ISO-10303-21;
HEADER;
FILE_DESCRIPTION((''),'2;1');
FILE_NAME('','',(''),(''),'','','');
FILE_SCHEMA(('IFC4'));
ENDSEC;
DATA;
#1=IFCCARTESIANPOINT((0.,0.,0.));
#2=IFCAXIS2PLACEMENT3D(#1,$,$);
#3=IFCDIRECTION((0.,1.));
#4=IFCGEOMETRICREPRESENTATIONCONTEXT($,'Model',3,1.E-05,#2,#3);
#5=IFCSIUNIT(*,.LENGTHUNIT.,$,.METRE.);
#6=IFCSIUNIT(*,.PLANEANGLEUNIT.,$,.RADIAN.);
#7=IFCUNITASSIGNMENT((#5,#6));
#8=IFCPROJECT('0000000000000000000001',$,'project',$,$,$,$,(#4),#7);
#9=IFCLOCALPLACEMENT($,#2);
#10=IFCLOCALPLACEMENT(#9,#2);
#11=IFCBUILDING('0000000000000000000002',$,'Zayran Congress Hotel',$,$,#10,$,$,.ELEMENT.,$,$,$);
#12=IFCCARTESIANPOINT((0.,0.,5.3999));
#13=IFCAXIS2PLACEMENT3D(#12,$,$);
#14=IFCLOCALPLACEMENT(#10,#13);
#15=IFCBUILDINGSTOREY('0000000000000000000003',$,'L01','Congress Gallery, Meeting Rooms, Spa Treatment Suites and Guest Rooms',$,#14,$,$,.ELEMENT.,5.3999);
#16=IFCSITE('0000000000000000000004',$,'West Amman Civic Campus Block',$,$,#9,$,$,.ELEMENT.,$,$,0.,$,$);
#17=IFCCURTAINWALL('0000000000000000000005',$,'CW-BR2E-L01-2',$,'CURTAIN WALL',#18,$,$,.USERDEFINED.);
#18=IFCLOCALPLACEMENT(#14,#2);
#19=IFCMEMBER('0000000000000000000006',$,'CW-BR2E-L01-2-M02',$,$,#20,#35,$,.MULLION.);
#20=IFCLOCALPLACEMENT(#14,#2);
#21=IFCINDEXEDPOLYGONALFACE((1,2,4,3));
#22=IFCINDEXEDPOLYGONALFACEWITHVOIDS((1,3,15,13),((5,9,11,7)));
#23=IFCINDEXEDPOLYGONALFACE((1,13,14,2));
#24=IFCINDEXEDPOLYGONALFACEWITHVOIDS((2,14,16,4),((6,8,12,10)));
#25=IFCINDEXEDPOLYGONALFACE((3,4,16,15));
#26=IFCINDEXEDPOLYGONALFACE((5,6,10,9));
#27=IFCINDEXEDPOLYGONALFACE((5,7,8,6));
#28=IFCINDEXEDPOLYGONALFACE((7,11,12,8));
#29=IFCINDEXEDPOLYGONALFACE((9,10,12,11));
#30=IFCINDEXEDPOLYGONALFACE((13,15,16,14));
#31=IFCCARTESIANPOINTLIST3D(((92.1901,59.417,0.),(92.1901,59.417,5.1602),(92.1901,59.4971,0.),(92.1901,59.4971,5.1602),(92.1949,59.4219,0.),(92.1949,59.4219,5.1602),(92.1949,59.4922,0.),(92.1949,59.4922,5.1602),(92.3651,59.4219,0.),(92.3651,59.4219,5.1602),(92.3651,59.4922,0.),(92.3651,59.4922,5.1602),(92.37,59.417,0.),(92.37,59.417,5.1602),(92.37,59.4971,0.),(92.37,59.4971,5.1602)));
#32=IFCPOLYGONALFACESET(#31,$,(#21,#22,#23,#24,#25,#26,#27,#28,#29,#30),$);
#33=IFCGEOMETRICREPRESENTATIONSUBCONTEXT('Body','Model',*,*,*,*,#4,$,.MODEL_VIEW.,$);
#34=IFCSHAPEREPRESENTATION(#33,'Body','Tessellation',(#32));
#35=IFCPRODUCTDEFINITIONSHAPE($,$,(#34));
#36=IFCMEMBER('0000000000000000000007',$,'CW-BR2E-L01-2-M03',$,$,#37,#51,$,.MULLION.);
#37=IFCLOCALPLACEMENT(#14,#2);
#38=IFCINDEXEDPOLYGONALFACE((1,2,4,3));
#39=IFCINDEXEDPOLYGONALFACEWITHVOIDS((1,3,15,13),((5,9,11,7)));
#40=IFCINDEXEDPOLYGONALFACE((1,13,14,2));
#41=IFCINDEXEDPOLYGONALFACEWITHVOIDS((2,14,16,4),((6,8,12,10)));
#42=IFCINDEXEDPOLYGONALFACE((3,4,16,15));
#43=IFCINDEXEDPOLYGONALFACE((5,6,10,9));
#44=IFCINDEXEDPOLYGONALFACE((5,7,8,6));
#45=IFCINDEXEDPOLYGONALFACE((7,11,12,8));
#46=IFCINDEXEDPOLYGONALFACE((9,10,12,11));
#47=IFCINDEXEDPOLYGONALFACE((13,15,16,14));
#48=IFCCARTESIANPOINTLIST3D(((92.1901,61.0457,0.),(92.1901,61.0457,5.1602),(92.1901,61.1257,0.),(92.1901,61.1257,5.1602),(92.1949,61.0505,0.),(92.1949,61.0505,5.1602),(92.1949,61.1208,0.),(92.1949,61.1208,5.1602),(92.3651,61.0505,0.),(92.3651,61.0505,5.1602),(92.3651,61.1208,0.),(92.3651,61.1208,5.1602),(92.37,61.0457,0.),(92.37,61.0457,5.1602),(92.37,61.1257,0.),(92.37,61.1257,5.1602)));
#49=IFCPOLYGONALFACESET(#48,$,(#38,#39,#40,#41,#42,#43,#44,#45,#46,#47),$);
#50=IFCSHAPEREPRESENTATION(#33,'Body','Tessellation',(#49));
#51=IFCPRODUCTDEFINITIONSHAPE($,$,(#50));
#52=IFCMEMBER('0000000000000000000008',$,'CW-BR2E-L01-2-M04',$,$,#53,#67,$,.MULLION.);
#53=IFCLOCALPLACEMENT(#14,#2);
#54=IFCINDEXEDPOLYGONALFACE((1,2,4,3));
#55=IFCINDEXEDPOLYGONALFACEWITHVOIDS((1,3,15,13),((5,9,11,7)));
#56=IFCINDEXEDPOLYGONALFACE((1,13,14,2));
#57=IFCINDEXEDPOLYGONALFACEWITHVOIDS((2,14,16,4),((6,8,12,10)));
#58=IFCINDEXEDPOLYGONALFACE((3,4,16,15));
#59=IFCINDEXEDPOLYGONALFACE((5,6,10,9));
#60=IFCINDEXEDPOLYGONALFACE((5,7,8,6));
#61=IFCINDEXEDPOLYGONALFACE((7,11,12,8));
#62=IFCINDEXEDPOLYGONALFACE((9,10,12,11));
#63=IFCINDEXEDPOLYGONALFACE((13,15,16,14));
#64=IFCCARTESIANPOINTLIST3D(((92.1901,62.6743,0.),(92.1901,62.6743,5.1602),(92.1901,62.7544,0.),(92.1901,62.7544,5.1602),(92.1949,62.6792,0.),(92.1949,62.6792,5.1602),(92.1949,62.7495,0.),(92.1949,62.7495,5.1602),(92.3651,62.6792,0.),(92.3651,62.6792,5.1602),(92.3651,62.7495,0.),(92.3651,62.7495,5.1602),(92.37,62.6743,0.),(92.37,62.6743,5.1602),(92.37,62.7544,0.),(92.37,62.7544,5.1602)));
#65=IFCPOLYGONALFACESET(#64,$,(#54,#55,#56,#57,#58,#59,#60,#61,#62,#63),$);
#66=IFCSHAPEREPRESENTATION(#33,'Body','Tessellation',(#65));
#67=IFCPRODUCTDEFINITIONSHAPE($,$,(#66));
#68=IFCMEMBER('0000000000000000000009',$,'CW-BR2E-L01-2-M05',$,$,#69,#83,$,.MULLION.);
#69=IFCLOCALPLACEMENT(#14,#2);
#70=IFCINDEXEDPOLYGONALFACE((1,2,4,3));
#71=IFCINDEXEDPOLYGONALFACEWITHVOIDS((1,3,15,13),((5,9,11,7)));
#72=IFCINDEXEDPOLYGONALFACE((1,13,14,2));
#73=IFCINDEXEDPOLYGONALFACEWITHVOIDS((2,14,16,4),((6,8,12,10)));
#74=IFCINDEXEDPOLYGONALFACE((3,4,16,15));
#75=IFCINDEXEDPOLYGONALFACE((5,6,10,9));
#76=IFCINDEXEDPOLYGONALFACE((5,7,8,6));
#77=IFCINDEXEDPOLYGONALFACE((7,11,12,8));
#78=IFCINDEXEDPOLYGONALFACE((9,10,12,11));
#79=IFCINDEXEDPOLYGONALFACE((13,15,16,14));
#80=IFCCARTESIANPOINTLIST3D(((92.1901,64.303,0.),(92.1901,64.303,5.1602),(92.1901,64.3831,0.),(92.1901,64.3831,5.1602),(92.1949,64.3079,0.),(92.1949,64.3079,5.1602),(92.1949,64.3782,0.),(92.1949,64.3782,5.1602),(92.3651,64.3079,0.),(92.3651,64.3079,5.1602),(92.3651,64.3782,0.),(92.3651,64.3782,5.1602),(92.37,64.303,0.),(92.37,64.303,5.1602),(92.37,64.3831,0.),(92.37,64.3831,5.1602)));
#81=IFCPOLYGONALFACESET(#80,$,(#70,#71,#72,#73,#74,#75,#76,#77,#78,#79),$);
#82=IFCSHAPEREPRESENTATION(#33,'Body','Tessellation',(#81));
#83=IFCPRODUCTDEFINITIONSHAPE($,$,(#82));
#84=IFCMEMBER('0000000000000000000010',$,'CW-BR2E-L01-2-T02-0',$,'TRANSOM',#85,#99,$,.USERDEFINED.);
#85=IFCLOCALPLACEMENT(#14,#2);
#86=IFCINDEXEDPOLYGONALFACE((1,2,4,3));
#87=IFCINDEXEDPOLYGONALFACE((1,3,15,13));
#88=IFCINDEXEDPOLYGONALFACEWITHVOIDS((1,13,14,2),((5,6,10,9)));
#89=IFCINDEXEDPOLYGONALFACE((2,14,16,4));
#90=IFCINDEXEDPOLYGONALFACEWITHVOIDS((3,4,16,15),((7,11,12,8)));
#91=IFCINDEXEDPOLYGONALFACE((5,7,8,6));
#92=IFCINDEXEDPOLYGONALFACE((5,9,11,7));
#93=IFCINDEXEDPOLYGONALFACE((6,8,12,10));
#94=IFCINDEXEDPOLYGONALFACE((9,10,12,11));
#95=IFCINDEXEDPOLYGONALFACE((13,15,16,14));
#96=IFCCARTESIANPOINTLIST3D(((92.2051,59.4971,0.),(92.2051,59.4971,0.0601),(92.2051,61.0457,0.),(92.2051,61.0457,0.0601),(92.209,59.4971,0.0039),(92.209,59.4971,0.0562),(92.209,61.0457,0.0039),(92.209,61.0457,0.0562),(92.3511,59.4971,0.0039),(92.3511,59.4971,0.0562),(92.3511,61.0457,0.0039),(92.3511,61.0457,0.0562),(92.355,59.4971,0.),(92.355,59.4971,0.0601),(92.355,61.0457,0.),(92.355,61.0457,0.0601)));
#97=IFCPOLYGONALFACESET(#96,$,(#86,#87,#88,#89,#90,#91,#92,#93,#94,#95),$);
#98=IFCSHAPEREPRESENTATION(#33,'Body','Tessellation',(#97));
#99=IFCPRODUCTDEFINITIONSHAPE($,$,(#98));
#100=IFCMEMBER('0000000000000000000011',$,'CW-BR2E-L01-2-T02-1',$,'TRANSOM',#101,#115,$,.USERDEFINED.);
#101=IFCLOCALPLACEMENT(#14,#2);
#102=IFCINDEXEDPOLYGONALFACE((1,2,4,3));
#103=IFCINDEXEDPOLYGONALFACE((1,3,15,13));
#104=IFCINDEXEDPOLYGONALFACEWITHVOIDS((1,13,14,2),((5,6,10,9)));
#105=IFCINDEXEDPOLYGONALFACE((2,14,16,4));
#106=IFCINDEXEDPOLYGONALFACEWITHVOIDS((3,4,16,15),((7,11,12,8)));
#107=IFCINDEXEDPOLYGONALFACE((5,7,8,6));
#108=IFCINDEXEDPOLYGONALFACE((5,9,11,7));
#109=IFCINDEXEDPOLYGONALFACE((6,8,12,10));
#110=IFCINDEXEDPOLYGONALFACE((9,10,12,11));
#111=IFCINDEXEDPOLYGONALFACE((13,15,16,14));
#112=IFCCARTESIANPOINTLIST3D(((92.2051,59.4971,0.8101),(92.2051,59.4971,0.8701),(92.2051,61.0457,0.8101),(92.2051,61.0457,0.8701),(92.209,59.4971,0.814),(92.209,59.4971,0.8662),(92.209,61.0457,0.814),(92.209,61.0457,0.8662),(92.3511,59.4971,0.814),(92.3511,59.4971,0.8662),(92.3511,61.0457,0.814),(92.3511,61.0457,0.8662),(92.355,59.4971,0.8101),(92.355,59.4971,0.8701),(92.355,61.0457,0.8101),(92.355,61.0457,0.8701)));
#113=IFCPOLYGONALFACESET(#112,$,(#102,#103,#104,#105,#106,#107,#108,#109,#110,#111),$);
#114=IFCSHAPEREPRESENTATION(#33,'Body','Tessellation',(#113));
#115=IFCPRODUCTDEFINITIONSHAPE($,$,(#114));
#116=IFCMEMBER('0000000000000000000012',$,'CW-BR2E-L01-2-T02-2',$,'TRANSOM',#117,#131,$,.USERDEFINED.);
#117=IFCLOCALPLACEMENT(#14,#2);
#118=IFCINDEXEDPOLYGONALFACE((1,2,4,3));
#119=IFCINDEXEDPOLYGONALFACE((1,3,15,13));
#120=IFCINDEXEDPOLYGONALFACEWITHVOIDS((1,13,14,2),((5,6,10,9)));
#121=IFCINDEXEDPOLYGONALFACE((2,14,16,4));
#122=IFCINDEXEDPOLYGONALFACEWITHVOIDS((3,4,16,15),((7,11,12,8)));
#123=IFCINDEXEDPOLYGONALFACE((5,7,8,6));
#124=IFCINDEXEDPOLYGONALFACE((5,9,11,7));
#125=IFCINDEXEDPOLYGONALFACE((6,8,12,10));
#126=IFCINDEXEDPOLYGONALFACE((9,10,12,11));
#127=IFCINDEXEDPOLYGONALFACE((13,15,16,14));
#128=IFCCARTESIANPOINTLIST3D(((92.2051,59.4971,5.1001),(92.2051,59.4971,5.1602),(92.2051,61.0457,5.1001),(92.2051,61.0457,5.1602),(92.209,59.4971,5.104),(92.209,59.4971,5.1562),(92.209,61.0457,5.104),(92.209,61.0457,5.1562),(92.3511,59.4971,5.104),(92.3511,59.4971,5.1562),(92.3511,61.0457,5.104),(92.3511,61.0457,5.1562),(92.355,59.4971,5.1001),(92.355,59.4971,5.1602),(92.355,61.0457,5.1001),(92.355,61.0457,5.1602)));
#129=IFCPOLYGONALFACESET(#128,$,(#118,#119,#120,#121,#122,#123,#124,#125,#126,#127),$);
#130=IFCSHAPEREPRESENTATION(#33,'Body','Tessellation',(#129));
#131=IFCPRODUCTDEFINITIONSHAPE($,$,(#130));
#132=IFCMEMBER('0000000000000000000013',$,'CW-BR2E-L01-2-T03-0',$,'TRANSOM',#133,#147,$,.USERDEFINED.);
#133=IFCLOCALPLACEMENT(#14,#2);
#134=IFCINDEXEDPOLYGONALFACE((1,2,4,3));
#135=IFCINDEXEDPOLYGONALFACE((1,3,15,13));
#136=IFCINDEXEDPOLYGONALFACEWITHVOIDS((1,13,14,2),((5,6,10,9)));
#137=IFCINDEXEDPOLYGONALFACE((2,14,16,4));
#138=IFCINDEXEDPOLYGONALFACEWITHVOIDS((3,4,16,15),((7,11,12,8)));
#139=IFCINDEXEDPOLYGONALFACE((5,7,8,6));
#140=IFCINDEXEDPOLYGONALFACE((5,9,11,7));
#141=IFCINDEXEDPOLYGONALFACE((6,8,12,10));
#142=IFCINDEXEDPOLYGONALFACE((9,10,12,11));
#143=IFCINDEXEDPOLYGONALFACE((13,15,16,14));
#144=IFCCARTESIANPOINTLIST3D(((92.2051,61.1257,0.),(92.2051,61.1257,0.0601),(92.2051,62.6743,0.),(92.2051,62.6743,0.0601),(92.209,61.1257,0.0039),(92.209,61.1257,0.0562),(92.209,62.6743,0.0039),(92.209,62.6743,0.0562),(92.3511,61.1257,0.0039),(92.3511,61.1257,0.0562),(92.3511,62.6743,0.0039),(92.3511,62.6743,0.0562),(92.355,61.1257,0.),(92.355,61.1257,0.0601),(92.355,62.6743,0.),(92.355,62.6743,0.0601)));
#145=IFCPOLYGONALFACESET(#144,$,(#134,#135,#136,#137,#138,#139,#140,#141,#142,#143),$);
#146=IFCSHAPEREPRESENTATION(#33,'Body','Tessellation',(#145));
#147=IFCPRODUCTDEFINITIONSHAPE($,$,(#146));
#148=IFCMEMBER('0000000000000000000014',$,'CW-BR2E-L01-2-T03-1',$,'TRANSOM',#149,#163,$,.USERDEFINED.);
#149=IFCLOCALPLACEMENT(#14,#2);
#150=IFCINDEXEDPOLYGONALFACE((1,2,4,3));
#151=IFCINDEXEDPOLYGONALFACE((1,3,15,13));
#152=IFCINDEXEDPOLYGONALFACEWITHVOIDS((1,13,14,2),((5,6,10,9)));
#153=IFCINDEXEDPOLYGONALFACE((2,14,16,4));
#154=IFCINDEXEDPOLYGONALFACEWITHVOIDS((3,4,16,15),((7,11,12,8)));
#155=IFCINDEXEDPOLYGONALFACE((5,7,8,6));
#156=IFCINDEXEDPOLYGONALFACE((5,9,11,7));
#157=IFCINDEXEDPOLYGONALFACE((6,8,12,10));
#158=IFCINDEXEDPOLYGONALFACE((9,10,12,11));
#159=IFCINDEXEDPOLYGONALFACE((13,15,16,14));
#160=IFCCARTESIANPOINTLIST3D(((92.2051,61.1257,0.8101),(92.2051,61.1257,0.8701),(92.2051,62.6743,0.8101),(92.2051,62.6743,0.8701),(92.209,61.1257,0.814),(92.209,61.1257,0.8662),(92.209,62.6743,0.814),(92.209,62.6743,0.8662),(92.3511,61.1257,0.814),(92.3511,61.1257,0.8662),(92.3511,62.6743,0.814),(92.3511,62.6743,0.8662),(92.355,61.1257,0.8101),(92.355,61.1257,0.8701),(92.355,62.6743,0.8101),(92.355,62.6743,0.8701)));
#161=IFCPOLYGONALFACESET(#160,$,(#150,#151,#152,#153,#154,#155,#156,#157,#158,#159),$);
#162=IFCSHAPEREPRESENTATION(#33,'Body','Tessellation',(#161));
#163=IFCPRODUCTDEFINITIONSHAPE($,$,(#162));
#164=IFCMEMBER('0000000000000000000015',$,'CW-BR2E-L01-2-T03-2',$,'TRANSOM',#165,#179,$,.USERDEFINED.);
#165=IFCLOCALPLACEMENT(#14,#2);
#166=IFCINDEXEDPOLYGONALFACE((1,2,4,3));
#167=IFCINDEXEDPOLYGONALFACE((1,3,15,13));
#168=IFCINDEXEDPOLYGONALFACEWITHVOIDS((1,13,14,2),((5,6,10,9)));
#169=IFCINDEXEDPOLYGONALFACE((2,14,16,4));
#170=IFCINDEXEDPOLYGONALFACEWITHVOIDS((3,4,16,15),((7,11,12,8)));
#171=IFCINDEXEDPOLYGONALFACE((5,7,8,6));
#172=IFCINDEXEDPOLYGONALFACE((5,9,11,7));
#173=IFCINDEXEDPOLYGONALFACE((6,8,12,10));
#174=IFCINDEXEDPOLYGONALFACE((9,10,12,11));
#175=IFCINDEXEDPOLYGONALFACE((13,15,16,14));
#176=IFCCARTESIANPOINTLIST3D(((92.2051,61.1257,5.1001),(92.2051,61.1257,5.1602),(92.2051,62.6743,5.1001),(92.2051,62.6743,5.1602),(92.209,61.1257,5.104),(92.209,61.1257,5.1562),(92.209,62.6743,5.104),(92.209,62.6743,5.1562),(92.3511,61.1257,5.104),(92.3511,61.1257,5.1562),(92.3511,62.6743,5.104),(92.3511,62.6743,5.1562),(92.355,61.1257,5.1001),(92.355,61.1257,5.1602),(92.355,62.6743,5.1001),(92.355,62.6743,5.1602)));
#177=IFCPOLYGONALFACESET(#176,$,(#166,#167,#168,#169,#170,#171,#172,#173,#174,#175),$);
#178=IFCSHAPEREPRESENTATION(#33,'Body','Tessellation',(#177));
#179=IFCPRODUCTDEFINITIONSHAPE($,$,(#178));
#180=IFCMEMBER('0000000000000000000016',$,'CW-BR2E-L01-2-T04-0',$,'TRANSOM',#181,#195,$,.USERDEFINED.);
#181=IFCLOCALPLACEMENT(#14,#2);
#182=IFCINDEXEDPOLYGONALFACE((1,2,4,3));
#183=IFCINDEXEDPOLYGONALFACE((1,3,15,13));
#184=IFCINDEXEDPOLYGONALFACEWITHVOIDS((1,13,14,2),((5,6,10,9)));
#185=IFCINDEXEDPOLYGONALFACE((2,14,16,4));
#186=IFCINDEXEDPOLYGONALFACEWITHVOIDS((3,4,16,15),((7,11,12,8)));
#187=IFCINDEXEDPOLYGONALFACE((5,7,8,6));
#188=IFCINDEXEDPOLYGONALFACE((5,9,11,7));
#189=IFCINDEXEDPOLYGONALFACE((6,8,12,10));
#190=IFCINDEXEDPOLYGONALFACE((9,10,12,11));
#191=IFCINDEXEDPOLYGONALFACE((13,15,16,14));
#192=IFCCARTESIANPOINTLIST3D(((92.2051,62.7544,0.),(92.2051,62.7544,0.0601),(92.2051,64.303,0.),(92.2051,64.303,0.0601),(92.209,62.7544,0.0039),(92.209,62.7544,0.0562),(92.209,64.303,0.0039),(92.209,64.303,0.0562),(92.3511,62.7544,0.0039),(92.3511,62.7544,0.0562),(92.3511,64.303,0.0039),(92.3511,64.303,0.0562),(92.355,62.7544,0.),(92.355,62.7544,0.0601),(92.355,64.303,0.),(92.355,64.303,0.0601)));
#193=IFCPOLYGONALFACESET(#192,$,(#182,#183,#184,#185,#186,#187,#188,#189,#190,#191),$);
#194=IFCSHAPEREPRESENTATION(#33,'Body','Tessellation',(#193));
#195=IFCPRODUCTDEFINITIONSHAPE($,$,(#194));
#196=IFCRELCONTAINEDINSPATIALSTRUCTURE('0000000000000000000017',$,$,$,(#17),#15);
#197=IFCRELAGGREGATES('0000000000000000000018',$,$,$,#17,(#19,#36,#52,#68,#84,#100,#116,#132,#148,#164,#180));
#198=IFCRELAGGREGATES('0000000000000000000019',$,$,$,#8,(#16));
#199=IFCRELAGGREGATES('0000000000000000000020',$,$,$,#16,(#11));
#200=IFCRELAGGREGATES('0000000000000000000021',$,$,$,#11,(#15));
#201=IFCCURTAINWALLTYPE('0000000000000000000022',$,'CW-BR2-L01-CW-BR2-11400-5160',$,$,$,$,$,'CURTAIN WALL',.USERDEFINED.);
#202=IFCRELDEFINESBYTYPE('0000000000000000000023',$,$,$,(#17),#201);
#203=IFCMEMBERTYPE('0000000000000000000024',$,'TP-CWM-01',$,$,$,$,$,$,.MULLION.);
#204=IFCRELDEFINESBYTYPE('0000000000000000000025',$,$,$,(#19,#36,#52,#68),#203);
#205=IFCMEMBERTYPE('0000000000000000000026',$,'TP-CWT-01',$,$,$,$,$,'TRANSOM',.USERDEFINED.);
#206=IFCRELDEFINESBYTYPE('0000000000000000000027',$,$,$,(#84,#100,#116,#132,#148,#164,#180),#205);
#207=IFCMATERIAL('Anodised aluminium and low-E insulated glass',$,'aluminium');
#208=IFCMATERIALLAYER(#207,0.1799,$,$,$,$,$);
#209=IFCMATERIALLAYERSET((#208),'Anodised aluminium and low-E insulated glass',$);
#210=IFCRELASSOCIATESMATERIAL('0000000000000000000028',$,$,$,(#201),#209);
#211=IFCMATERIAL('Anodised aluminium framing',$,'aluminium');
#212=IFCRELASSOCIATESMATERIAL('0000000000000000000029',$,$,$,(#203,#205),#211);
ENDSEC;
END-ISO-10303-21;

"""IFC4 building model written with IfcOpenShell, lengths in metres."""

from ifc_helpers import new_model, si_unit, direction, frame, origin, origin_2d, place, context, subcontext, project, spatial, hollow_rectangle, extrude, material, layer, layer_set, material_profile, profile_set, type_object, element, aggregate, save


model = new_model("IFC4")

# Units and contexts
model_context = context("Model", 3, precision=1e-05, world=origin(), true_north=direction((0.0, 1.0)))
body_context = subcontext(model_context, "Body", "Model", "MODEL_VIEW")
ifc_project = project(units=[si_unit("LENGTHUNIT", "METRE"), si_unit("PLANEANGLEUNIT", "RADIAN")], contexts=[model_context])

# Site, building, storey
site_placement = place(None, origin())
site = spatial("IfcSite", under=ifc_project, at=site_placement, Name="West Amman Civic Campus Block", CompositionType="ELEMENT", RefElevation=0.0)
building_placement = place(site_placement, origin())
building = spatial("IfcBuilding", under=site, at=building_placement, Name="Zayran Congress Hotel", CompositionType="ELEMENT")
storey_placement = place(building_placement, frame((0.0, 0.0, 5.3999)))
storey = spatial("IfcBuildingStorey", under=building, at=storey_placement, Name="L01", Description="Congress Gallery, Meeting Rooms, Spa Treatment Suites and Guest Rooms", CompositionType="ELEMENT", Elevation=5.3999)

# Curtain wall, members
ifc_material_1 = material(Name="Anodised aluminium and low-E insulated glass", Category="aluminium")
ifc_layer_1 = layer(ifc_material_1, 0.1799)
ifc_layer_set_1 = layer_set([ifc_layer_1], Name="Anodised aluminium and low-E insulated glass")
curtain_wall_type_1 = type_object("IfcCurtainWallType", Name="CW-BR2-L01-CW-BR2-11400-5160", ElementType="CURTAIN WALL", PredefinedType="USERDEFINED", material=ifc_layer_set_1)
curtain_wall_1_placement = place(storey_placement, origin())
curtain_wall_1 = element("IfcCurtainWall", 1, at=curtain_wall_1_placement, inside=storey, type_object=curtain_wall_type_1, Name="CW-BR2E-L01-2", ObjectType="CURTAIN WALL", PredefinedType="USERDEFINED")
ifc_material_2 = material(Name="Anodised aluminium framing", Category="aluminium")
ifc_material_profile_1 = material_profile(ifc_material_2, hollow_rectangle(XDim=0.0801, YDim=0.1799, WallThickness=0.0049, at=origin_2d()), Name="RHS 180x80x5")
ifc_profile_set_1 = profile_set([ifc_material_profile_1], Name="Anodised aluminium framing")
member_type_1 = type_object("IfcMemberType", Name="TP-CWM-01", PredefinedType="MULLION", material=ifc_profile_set_1)
member_1_placement = place(storey_placement, frame((92.28, 59.457, 0.0), z_axis=(0.0, 0.0, 1.0), x_axis=(0.0, 1.0, 0.0)))
member_1 = element("IfcMember", 2, at=member_1_placement, type_object=member_type_1, Name="CW-BR2E-L01-2-M02", PredefinedType="MULLION", context=body_context, shape_type="SweptSolid", body=[
    extrude(hollow_rectangle(XDim=0.0801, YDim=0.1799, WallThickness=0.0049, at=origin_2d()), origin(), (0.0, 0.0, 1.0), 5.1602),
])
member_2_placement = place(storey_placement, frame((92.28, 61.0857, 0.0), z_axis=(0.0, 0.0, 1.0), x_axis=(0.0, 1.0, 0.0)))
member_2 = element("IfcMember", 3, at=member_2_placement, type_object=member_type_1, Name="CW-BR2E-L01-2-M03", PredefinedType="MULLION", context=body_context, shape_type="SweptSolid", body=[
    extrude(hollow_rectangle(XDim=0.0801, YDim=0.1799, WallThickness=0.0049, at=origin_2d()), origin(), (0.0, 0.0, 1.0), 5.1602),
])
member_3_placement = place(storey_placement, frame((92.28, 62.7144, 0.0), z_axis=(0.0, 0.0, 1.0), x_axis=(0.0, 1.0, 0.0)))
member_3 = element("IfcMember", 4, at=member_3_placement, type_object=member_type_1, Name="CW-BR2E-L01-2-M04", PredefinedType="MULLION", context=body_context, shape_type="SweptSolid", body=[
    extrude(hollow_rectangle(XDim=0.0801, YDim=0.1799, WallThickness=0.0049, at=origin_2d()), origin(), (0.0, 0.0, 1.0), 5.1602),
])
member_4_placement = place(storey_placement, frame((92.28, 64.343, 0.0), z_axis=(0.0, 0.0, 1.0), x_axis=(0.0, 1.0, 0.0)))
member_4 = element("IfcMember", 5, at=member_4_placement, type_object=member_type_1, Name="CW-BR2E-L01-2-M05", PredefinedType="MULLION", context=body_context, shape_type="SweptSolid", body=[
    extrude(hollow_rectangle(XDim=0.0801, YDim=0.1799, WallThickness=0.0049, at=origin_2d()), origin(), (0.0, 0.0, 1.0), 5.1602),
])
ifc_material_profile_2 = material_profile(ifc_material_2, hollow_rectangle(XDim=0.0601, YDim=0.1499, WallThickness=0.0039, at=origin_2d()), Name="RHS 150x60x4")
ifc_profile_set_2 = profile_set([ifc_material_profile_2], Name="Anodised aluminium framing")
member_type_2 = type_object("IfcMemberType", Name="TP-CWT-01", ElementType="TRANSOM", PredefinedType="USERDEFINED", material=ifc_profile_set_2)
member_5_placement = place(storey_placement, frame((92.28, 59.4971, 0.03), z_axis=(0.0, 1.0, 0.0), x_axis=(0.0, 0.0, 1.0)))
member_5 = element("IfcMember", 6, at=member_5_placement, type_object=member_type_2, Name="CW-BR2E-L01-2-T02-0", ObjectType="TRANSOM", PredefinedType="USERDEFINED", context=body_context, shape_type="SweptSolid", body=[
    extrude(hollow_rectangle(XDim=0.0601, YDim=0.1499, WallThickness=0.0039, at=origin_2d()), origin(), (0.0, 0.0, 1.0), 1.5486),
])
member_6_placement = place(storey_placement, frame((92.28, 59.4971, 0.8401), z_axis=(0.0, 1.0, 0.0), x_axis=(0.0, 0.0, 1.0)))
member_6 = element("IfcMember", 7, at=member_6_placement, type_object=member_type_2, Name="CW-BR2E-L01-2-T02-1", ObjectType="TRANSOM", PredefinedType="USERDEFINED", context=body_context, shape_type="SweptSolid", body=[
    extrude(hollow_rectangle(XDim=0.0601, YDim=0.1499, WallThickness=0.0039, at=origin_2d()), origin(), (0.0, 0.0, 1.0), 1.5486),
])
member_7_placement = place(storey_placement, frame((92.28, 59.4971, 5.1301), z_axis=(0.0, 1.0, 0.0), x_axis=(0.0, 0.0, 1.0)))
member_7 = element("IfcMember", 8, at=member_7_placement, type_object=member_type_2, Name="CW-BR2E-L01-2-T02-2", ObjectType="TRANSOM", PredefinedType="USERDEFINED", context=body_context, shape_type="SweptSolid", body=[
    extrude(hollow_rectangle(XDim=0.0601, YDim=0.1499, WallThickness=0.0039, at=origin_2d()), origin(), (0.0, 0.0, 1.0), 1.5486),
])
member_8_placement = place(storey_placement, frame((92.28, 61.1257, 0.03), z_axis=(0.0, 1.0, 0.0), x_axis=(0.0, 0.0, 1.0)))
member_8 = element("IfcMember", 9, at=member_8_placement, type_object=member_type_2, Name="CW-BR2E-L01-2-T03-0", ObjectType="TRANSOM", PredefinedType="USERDEFINED", context=body_context, shape_type="SweptSolid", body=[
    extrude(hollow_rectangle(XDim=0.0601, YDim=0.1499, WallThickness=0.0039, at=origin_2d()), origin(), (0.0, 0.0, 1.0), 1.5486),
])
member_9_placement = place(storey_placement, frame((92.28, 61.1257, 0.8401), z_axis=(0.0, 1.0, 0.0), x_axis=(0.0, 0.0, 1.0)))
member_9 = element("IfcMember", 10, at=member_9_placement, type_object=member_type_2, Name="CW-BR2E-L01-2-T03-1", ObjectType="TRANSOM", PredefinedType="USERDEFINED", context=body_context, shape_type="SweptSolid", body=[
    extrude(hollow_rectangle(XDim=0.0601, YDim=0.1499, WallThickness=0.0039, at=origin_2d()), origin(), (0.0, 0.0, 1.0), 1.5486),
])
member_10_placement = place(storey_placement, frame((92.28, 61.1257, 5.1301), z_axis=(0.0, 1.0, 0.0), x_axis=(0.0, 0.0, 1.0)))
member_10 = element("IfcMember", 11, at=member_10_placement, type_object=member_type_2, Name="CW-BR2E-L01-2-T03-2", ObjectType="TRANSOM", PredefinedType="USERDEFINED", context=body_context, shape_type="SweptSolid", body=[
    extrude(hollow_rectangle(XDim=0.0601, YDim=0.1499, WallThickness=0.0039, at=origin_2d()), origin(), (0.0, 0.0, 1.0), 1.5486),
])
member_11_placement = place(storey_placement, frame((92.28, 62.7544, 0.03), z_axis=(0.0, 1.0, 0.0), x_axis=(0.0, 0.0, 1.0)))
member_11 = element("IfcMember", 12, at=member_11_placement, type_object=member_type_2, Name="CW-BR2E-L01-2-T04-0", ObjectType="TRANSOM", PredefinedType="USERDEFINED", context=body_context, shape_type="SweptSolid", body=[
    extrude(hollow_rectangle(XDim=0.0601, YDim=0.1499, WallThickness=0.0039, at=origin_2d()), origin(), (0.0, 0.0, 1.0), 1.5486),
])

aggregate(curtain_wall_1, [member_1, member_2, member_3, member_4, member_5, member_6, member_7, member_8, member_9, member_10, member_11])

save(model, "model.ifc")
